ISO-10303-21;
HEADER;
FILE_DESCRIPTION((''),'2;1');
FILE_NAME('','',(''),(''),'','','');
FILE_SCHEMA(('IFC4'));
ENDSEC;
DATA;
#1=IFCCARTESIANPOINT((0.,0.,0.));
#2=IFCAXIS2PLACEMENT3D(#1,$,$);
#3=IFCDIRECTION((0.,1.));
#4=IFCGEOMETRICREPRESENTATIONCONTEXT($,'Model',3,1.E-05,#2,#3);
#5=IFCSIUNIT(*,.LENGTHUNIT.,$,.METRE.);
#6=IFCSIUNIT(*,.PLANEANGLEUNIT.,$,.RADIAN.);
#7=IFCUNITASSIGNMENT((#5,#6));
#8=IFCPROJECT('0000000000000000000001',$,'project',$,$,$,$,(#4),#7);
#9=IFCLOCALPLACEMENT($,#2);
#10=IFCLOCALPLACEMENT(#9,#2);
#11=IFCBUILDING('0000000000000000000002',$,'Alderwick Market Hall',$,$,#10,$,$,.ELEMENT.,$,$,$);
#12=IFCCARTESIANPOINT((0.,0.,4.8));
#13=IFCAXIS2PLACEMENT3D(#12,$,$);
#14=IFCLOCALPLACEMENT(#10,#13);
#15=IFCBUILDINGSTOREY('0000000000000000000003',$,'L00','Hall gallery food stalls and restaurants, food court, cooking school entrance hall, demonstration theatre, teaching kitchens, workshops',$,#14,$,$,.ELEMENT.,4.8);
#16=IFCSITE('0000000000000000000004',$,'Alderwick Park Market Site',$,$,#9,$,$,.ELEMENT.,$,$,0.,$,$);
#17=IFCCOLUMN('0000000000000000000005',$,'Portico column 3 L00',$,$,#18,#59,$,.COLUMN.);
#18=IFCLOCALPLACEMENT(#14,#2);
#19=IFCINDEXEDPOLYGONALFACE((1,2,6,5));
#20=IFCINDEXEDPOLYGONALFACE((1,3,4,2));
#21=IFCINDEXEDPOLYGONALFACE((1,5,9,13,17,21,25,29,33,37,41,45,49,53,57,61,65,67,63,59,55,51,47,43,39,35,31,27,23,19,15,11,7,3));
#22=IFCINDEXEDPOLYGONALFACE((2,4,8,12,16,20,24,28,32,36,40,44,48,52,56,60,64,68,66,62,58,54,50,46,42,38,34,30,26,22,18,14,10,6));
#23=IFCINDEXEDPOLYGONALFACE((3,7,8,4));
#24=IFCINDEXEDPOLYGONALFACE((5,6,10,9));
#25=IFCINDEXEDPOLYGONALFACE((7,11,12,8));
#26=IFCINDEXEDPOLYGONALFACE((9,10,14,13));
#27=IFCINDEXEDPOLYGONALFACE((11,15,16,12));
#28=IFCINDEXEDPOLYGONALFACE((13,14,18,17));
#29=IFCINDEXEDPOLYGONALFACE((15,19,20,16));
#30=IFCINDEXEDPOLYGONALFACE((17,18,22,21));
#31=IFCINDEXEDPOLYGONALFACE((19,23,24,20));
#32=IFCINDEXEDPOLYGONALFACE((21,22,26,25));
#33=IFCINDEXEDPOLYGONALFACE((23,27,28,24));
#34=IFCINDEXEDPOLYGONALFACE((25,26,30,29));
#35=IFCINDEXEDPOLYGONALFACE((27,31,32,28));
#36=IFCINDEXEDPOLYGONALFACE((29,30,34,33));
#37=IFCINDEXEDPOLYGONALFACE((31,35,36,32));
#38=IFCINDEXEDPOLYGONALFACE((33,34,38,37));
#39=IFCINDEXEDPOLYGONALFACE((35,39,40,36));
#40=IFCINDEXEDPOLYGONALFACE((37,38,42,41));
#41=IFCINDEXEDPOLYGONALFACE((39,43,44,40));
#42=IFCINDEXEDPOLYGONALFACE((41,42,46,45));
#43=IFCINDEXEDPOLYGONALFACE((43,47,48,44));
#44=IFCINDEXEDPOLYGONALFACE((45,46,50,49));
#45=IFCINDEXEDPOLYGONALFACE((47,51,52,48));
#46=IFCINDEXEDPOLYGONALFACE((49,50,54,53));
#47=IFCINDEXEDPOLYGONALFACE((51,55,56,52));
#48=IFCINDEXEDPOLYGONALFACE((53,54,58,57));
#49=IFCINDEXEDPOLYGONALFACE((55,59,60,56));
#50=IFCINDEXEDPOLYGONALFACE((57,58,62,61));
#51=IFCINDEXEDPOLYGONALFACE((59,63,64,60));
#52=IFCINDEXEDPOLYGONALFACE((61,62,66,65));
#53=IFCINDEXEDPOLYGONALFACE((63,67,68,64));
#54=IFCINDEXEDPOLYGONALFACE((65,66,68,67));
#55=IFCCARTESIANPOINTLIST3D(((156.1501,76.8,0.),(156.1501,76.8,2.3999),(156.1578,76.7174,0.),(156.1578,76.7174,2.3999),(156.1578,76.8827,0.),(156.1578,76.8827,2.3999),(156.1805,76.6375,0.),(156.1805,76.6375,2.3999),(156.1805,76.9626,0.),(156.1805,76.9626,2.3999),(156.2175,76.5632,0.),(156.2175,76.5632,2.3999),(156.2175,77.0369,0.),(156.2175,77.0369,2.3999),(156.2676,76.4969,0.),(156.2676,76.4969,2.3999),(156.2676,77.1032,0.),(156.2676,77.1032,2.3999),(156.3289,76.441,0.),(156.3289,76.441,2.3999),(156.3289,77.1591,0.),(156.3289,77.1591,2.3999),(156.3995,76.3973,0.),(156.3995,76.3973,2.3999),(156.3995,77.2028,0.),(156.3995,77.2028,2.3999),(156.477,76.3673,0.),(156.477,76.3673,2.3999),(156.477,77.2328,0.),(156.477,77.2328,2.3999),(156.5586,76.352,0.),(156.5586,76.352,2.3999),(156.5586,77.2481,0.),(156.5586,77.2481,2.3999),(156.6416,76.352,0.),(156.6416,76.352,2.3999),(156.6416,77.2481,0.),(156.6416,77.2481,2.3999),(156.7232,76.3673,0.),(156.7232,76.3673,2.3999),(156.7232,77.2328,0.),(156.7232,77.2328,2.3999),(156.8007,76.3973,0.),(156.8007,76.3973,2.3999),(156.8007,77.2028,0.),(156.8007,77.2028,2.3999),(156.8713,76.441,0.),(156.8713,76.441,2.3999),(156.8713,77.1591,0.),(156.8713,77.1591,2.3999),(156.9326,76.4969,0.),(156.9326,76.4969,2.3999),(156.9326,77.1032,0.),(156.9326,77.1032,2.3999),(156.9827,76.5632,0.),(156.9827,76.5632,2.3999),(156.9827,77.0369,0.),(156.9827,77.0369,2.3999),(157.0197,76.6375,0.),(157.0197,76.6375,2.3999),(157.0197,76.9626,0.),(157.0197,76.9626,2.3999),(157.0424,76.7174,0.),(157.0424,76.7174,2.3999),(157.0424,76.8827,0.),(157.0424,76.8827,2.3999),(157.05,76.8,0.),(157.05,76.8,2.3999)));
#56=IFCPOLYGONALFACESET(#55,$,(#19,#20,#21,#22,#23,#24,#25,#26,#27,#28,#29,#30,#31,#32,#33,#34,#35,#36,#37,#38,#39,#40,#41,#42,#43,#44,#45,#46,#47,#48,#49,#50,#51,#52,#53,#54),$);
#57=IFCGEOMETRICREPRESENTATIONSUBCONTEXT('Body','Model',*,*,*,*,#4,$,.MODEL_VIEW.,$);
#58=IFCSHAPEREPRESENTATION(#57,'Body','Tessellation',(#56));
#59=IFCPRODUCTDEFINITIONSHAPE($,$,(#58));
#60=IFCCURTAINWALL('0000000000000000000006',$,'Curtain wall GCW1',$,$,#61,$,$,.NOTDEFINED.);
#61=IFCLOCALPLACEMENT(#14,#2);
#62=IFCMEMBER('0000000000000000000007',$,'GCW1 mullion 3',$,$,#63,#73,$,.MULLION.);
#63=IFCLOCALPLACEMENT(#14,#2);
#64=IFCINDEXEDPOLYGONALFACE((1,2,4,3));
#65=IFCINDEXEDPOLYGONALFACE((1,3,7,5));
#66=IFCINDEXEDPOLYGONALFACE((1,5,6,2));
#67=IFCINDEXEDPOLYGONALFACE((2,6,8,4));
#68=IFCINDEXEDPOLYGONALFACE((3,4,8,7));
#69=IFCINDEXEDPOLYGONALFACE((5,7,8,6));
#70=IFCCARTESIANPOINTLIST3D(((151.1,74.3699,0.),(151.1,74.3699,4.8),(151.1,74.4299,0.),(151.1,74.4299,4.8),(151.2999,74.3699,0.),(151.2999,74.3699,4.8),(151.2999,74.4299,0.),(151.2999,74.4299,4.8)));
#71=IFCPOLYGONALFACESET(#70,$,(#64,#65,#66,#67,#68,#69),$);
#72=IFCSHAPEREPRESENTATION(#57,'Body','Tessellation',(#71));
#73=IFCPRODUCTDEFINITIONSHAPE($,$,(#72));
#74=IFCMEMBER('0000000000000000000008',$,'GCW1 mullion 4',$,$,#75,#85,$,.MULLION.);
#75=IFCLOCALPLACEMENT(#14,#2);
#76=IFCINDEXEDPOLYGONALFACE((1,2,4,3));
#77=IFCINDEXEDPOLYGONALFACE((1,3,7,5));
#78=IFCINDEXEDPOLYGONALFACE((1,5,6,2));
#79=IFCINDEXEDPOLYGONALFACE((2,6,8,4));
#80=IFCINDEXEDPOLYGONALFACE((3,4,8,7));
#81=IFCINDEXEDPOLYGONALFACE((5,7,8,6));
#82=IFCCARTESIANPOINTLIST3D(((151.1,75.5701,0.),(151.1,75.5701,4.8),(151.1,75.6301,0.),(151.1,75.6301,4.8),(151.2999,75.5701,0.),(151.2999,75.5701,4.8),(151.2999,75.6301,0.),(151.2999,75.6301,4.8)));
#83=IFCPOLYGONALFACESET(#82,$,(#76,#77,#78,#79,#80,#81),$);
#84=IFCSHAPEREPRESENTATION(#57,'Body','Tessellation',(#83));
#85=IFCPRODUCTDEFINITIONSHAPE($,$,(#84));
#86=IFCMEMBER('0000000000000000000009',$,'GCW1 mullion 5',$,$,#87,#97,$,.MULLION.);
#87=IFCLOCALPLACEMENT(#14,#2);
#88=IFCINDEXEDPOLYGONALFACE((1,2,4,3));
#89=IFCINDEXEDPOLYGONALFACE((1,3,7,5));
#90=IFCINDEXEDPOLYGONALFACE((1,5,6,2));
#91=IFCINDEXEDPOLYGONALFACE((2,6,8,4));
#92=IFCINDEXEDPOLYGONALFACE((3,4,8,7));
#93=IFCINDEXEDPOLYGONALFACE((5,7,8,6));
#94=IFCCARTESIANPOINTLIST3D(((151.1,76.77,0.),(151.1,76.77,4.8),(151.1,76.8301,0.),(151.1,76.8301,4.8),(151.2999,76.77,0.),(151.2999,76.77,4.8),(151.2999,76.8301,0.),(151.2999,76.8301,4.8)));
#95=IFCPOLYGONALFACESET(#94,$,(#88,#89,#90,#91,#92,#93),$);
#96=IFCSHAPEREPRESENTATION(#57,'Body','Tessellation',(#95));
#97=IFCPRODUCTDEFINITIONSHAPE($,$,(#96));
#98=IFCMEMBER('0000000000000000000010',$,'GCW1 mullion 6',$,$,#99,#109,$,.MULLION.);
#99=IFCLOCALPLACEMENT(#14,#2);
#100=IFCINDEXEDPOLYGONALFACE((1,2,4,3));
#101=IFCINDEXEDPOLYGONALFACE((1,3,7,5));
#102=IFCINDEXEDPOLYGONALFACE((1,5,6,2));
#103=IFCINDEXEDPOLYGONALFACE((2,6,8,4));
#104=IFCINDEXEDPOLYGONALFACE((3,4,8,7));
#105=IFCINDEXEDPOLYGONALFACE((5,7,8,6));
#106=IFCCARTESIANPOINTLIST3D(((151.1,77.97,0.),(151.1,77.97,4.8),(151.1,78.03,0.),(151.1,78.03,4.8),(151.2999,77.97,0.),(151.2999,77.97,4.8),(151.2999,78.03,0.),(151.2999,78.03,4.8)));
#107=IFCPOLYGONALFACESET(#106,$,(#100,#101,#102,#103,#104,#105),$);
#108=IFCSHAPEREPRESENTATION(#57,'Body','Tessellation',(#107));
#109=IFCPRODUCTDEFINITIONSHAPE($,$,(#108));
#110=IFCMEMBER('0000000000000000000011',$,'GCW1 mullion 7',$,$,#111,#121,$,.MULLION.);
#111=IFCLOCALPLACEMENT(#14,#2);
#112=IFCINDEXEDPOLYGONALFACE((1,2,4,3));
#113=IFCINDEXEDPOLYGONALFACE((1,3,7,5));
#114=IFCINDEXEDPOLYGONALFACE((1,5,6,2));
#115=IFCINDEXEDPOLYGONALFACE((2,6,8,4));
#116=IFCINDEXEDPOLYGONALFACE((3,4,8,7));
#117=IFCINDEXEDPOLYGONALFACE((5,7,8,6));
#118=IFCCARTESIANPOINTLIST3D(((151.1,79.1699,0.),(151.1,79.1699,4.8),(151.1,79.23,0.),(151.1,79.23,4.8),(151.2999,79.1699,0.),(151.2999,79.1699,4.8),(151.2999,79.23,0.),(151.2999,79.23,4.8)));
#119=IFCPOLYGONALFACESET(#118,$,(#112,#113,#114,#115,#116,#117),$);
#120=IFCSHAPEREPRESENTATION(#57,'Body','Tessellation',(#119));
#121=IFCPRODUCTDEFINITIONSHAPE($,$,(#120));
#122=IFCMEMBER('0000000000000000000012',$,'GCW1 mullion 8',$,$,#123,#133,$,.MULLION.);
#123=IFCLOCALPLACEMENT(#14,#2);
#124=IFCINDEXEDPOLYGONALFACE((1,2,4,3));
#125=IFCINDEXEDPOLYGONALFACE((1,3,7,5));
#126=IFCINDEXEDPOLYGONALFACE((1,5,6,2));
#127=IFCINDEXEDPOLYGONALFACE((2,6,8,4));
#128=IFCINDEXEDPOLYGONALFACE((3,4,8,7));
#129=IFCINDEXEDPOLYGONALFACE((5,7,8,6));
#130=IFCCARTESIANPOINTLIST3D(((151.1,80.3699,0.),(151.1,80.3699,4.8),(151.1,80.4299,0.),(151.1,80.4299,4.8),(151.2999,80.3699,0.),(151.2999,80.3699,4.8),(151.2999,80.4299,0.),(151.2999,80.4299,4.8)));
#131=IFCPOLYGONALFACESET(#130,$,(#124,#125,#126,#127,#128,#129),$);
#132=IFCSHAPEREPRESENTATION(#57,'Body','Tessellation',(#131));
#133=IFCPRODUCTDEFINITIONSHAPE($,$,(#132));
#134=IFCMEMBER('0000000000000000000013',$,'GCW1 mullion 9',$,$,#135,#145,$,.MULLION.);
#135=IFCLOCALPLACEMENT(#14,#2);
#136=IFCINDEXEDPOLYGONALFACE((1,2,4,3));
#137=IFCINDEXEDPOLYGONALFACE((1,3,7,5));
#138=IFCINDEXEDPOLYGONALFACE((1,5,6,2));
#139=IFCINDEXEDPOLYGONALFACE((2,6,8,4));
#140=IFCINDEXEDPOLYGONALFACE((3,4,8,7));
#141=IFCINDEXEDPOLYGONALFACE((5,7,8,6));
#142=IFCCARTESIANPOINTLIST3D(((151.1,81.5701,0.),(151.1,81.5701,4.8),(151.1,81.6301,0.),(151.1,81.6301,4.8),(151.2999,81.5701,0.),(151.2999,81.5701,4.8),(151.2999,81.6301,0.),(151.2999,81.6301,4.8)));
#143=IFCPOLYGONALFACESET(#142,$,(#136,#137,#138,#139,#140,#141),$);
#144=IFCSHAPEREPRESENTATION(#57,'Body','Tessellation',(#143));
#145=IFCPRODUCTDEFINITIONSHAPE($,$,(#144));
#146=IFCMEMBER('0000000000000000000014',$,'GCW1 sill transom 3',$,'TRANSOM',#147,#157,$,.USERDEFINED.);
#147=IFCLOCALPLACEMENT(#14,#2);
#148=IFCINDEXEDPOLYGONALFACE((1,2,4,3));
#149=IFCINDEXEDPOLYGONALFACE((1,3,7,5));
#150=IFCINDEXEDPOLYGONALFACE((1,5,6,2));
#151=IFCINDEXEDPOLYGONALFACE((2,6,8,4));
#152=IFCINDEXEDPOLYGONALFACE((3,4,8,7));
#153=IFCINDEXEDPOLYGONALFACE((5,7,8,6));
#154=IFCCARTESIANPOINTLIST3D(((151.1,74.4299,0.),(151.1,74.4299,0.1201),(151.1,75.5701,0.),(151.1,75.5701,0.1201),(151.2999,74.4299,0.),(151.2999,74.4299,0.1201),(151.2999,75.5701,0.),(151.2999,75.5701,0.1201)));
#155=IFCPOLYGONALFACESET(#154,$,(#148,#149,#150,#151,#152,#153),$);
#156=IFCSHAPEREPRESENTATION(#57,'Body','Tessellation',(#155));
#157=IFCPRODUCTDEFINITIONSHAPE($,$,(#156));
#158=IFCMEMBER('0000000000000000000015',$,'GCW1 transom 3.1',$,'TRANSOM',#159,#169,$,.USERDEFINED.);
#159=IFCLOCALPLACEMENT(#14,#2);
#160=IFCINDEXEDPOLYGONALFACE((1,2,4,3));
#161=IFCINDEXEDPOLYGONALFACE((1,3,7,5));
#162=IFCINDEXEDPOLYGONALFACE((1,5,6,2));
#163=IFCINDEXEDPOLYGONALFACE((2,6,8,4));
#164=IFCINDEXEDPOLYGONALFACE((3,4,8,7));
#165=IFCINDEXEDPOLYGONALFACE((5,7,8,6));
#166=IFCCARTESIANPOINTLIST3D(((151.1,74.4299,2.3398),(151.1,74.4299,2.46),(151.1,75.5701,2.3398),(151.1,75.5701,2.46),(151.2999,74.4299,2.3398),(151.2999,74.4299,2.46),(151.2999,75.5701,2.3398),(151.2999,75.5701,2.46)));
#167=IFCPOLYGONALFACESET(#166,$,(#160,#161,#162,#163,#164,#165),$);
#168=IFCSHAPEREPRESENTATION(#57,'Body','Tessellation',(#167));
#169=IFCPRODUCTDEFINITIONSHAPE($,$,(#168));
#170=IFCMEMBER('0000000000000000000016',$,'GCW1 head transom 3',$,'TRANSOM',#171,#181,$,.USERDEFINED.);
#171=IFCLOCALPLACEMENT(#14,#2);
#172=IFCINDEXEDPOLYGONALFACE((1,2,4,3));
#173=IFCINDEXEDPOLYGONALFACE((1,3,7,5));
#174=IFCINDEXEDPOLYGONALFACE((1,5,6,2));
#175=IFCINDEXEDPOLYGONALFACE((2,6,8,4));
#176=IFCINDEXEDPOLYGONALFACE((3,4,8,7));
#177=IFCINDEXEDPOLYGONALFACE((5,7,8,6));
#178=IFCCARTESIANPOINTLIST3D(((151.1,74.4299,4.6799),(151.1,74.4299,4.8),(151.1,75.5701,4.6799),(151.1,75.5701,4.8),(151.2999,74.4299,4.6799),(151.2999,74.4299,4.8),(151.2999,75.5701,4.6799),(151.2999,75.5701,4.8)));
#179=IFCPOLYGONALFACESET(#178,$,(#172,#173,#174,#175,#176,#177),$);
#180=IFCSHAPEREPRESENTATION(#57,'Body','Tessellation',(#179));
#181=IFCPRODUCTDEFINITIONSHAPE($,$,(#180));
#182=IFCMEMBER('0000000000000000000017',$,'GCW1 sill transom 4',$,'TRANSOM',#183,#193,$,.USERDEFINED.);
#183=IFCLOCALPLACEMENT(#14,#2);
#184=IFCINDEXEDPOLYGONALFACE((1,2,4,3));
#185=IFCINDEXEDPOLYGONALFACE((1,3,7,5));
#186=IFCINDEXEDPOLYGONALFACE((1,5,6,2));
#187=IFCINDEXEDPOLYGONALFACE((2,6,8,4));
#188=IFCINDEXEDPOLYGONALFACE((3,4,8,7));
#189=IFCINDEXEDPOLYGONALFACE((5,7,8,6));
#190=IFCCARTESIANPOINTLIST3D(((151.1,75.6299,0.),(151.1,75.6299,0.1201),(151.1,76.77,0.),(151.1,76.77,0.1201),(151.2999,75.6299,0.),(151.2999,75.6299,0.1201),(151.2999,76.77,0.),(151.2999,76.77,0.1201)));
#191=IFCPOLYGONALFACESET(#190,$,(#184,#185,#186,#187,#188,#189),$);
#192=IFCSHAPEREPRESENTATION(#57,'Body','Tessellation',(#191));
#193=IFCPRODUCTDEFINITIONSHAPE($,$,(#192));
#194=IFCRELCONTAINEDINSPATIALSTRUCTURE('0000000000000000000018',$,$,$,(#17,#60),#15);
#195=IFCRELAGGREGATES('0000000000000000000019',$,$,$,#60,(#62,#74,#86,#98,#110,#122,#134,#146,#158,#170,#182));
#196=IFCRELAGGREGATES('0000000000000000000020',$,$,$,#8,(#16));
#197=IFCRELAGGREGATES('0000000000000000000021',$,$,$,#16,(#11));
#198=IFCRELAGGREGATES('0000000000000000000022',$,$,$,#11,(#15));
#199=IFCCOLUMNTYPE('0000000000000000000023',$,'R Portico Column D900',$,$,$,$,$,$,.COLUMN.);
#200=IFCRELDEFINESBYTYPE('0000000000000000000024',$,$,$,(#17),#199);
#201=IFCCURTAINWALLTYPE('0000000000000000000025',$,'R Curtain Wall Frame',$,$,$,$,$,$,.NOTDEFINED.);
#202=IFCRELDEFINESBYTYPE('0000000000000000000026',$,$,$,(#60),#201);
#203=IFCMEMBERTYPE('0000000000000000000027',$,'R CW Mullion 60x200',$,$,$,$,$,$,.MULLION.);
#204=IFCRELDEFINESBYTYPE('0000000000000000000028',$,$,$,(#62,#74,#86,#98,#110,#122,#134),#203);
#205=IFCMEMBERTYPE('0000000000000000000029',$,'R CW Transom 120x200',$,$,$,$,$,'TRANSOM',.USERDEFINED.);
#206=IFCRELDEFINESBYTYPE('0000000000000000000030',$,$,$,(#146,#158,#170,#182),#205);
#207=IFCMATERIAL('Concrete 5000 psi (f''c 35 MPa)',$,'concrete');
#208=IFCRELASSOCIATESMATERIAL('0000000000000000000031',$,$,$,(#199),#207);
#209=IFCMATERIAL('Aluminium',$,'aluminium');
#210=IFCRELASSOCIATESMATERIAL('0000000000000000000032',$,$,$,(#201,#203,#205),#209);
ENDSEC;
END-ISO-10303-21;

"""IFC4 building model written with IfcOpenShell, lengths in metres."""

from ifc_helpers import new_model, si_unit, direction, frame, origin, origin_2d, place, context, subcontext, project, spatial, rectangle, circle, extrude, material, material_profile, profile_set, type_object, element, aggregate, save


model = new_model("IFC4")

# Units and contexts
model_context = context("Model", 3, precision=1e-05, world=origin(), true_north=direction((0.0, 1.0)))
body_context = subcontext(model_context, "Body", "Model", "MODEL_VIEW")
ifc_project = project(units=[si_unit("LENGTHUNIT", "METRE"), si_unit("PLANEANGLEUNIT", "RADIAN")], contexts=[model_context])

# Site, building, storey
site_placement = place(None, origin())
site = spatial("IfcSite", under=ifc_project, at=site_placement, Name="Alderwick Park Market Site", CompositionType="ELEMENT", RefElevation=0.0)
building_placement = place(site_placement, origin())
building = spatial("IfcBuilding", under=site, at=building_placement, Name="Alderwick Market Hall", CompositionType="ELEMENT")
storey_placement = place(building_placement, frame((0.0, 0.0, 4.8)))
storey = spatial("IfcBuildingStorey", under=building, at=storey_placement, Name="L00", Description="Hall gallery food stalls and restaurants, food court, cooking school entrance hall, demonstration theatre, teaching kitchens, workshops", CompositionType="ELEMENT", Elevation=4.8)

# Column
ifc_material_1 = material(Name="Concrete 5000 psi (f'c 35 MPa)", Category="concrete")
ifc_material_profile_1 = material_profile(ifc_material_1, circle(Radius=0.45, at=origin_2d()), Name="RC D900")
ifc_profile_set_1 = profile_set([ifc_material_profile_1], Name="Concrete 5000 psi (f'c 35 MPa)")
column_type = type_object("IfcColumnType", Name="R Portico Column D900", PredefinedType="COLUMN", material=ifc_profile_set_1)
column_placement = place(storey_placement, frame((156.6001, 76.8, 0.0), z_axis=(0.0, 0.0, 1.0), x_axis=(1.0, 0.0, 0.0)))
element("IfcColumn", 1, at=column_placement, inside=storey, type_object=column_type, Name="Portico column 3 L00", PredefinedType="COLUMN", context=body_context, shape_type="SweptSolid", body=[
    extrude(circle(Radius=0.45, at=origin_2d()), origin(), (0.0, 0.0, 1.0), 2.3999),
])

# Curtain wall, members
ifc_material_2 = material(Name="Aluminium", Category="aluminium")
curtain_wall_type = type_object("IfcCurtainWallType", Name="R Curtain Wall Frame", PredefinedType="NOTDEFINED", material=ifc_material_2)
curtain_wall_placement = place(storey_placement, origin())
curtain_wall = element("IfcCurtainWall", 2, at=curtain_wall_placement, inside=storey, type_object=curtain_wall_type, Name="Curtain wall GCW1", PredefinedType="NOTDEFINED")
ifc_material_profile_2 = material_profile(ifc_material_2, rectangle(XDim=0.2, YDim=0.0601, at=origin_2d()), Name="AL 60x200")
ifc_profile_set_2 = profile_set([ifc_material_profile_2], Name="Aluminium")
member_type_1 = type_object("IfcMemberType", Name="R CW Mullion 60x200", PredefinedType="MULLION", material=ifc_profile_set_2)
member_1_placement = place(storey_placement, frame((151.2, 74.3999, 0.0), z_axis=(0.0, 0.0, 1.0), x_axis=(1.0, 0.0, 0.0)))
member_1 = element("IfcMember", 3, at=member_1_placement, type_object=member_type_1, Name="GCW1 mullion 3", PredefinedType="MULLION", context=body_context, shape_type="SweptSolid", body=[
    extrude(rectangle(XDim=0.2, YDim=0.0601, at=origin_2d()), origin(), (0.0, 0.0, 1.0), 4.8),
])
member_2_placement = place(storey_placement, frame((151.2, 75.6001, 0.0), z_axis=(0.0, 0.0, 1.0), x_axis=(1.0, 0.0, 0.0)))
member_2 = element("IfcMember", 4, at=member_2_placement, type_object=member_type_1, Name="GCW1 mullion 4", PredefinedType="MULLION", context=body_context, shape_type="SweptSolid", body=[
    extrude(rectangle(XDim=0.2, YDim=0.0601, at=origin_2d()), origin(), (0.0, 0.0, 1.0), 4.8),
])
member_3_placement = place(storey_placement, frame((151.2, 76.8, 0.0), z_axis=(0.0, 0.0, 1.0), x_axis=(1.0, 0.0, 0.0)))
member_3 = element("IfcMember", 5, at=member_3_placement, type_object=member_type_1, Name="GCW1 mullion 5", PredefinedType="MULLION", context=body_context, shape_type="SweptSolid", body=[
    extrude(rectangle(XDim=0.2, YDim=0.0601, at=origin_2d()), origin(), (0.0, 0.0, 1.0), 4.8),
])
member_4_placement = place(storey_placement, frame((151.2, 78.0, 0.0), z_axis=(0.0, 0.0, 1.0), x_axis=(1.0, 0.0, 0.0)))
member_4 = element("IfcMember", 6, at=member_4_placement, type_object=member_type_1, Name="GCW1 mullion 6", PredefinedType="MULLION", context=body_context, shape_type="SweptSolid", body=[
    extrude(rectangle(XDim=0.2, YDim=0.0601, at=origin_2d()), origin(), (0.0, 0.0, 1.0), 4.8),
])
member_5_placement = place(storey_placement, frame((151.2, 79.2, 0.0), z_axis=(0.0, 0.0, 1.0), x_axis=(1.0, 0.0, 0.0)))
member_5 = element("IfcMember", 7, at=member_5_placement, type_object=member_type_1, Name="GCW1 mullion 7", PredefinedType="MULLION", context=body_context, shape_type="SweptSolid", body=[
    extrude(rectangle(XDim=0.2, YDim=0.0601, at=origin_2d()), origin(), (0.0, 0.0, 1.0), 4.8),
])
member_6_placement = place(storey_placement, frame((151.2, 80.3999, 0.0), z_axis=(0.0, 0.0, 1.0), x_axis=(1.0, 0.0, 0.0)))
member_6 = element("IfcMember", 8, at=member_6_placement, type_object=member_type_1, Name="GCW1 mullion 8", PredefinedType="MULLION", context=body_context, shape_type="SweptSolid", body=[
    extrude(rectangle(XDim=0.2, YDim=0.0601, at=origin_2d()), origin(), (0.0, 0.0, 1.0), 4.8),
])
member_7_placement = place(storey_placement, frame((151.2, 81.6001, 0.0), z_axis=(0.0, 0.0, 1.0), x_axis=(1.0, 0.0, 0.0)))
member_7 = element("IfcMember", 9, at=member_7_placement, type_object=member_type_1, Name="GCW1 mullion 9", PredefinedType="MULLION", context=body_context, shape_type="SweptSolid", body=[
    extrude(rectangle(XDim=0.2, YDim=0.0601, at=origin_2d()), origin(), (0.0, 0.0, 1.0), 4.8),
])
ifc_material_profile_3 = material_profile(ifc_material_2, rectangle(XDim=0.2, YDim=0.1201, at=origin_2d()), Name="AL 120x200")
ifc_profile_set_3 = profile_set([ifc_material_profile_3], Name="Aluminium")
member_type_2 = type_object("IfcMemberType", Name="R CW Transom 120x200", ElementType="TRANSOM", PredefinedType="USERDEFINED", material=ifc_profile_set_3)
member_8_placement = place(storey_placement, frame((151.2, 74.4299, 0.0601), z_axis=(0.0, 1.0, 0.0), x_axis=(-1.0, 0.0, 0.0)))
member_8 = element("IfcMember", 10, at=member_8_placement, type_object=member_type_2, Name="GCW1 sill transom 3", ObjectType="TRANSOM", PredefinedType="USERDEFINED", context=body_context, shape_type="SweptSolid", body=[
    extrude(rectangle(XDim=0.2, YDim=0.1201, at=origin_2d()), origin(), (0.0, 0.0, 1.0), 1.1401),
])
member_9_placement = place(storey_placement, frame((151.2, 74.4299, 2.3999), z_axis=(0.0, 1.0, 0.0), x_axis=(-1.0, 0.0, 0.0)))
member_9 = element("IfcMember", 11, at=member_9_placement, type_object=member_type_2, Name="GCW1 transom 3.1", ObjectType="TRANSOM", PredefinedType="USERDEFINED", context=body_context, shape_type="SweptSolid", body=[
    extrude(rectangle(XDim=0.2, YDim=0.1201, at=origin_2d()), origin(), (0.0, 0.0, 1.0), 1.1401),
])
member_10_placement = place(storey_placement, frame((151.2, 74.4299, 4.74), z_axis=(0.0, 1.0, 0.0), x_axis=(-1.0, 0.0, 0.0)))
member_10 = element("IfcMember", 12, at=member_10_placement, type_object=member_type_2, Name="GCW1 head transom 3", ObjectType="TRANSOM", PredefinedType="USERDEFINED", context=body_context, shape_type="SweptSolid", body=[
    extrude(rectangle(XDim=0.2, YDim=0.1201, at=origin_2d()), origin(), (0.0, 0.0, 1.0), 1.1401),
])
member_11_placement = place(storey_placement, frame((151.2, 75.6299, 0.0601), z_axis=(0.0, 1.0, 0.0), x_axis=(-1.0, 0.0, 0.0)))
member_11 = element("IfcMember", 13, at=member_11_placement, type_object=member_type_2, Name="GCW1 sill transom 4", ObjectType="TRANSOM", PredefinedType="USERDEFINED", context=body_context, shape_type="SweptSolid", body=[
    extrude(rectangle(XDim=0.2, YDim=0.1201, at=origin_2d()), origin(), (0.0, 0.0, 1.0), 1.1401),
])

aggregate(curtain_wall, [member_1, member_2, member_3, member_4, member_5, member_6, member_7, member_8, member_9, member_10, member_11])

save(model, "model.ifc")
